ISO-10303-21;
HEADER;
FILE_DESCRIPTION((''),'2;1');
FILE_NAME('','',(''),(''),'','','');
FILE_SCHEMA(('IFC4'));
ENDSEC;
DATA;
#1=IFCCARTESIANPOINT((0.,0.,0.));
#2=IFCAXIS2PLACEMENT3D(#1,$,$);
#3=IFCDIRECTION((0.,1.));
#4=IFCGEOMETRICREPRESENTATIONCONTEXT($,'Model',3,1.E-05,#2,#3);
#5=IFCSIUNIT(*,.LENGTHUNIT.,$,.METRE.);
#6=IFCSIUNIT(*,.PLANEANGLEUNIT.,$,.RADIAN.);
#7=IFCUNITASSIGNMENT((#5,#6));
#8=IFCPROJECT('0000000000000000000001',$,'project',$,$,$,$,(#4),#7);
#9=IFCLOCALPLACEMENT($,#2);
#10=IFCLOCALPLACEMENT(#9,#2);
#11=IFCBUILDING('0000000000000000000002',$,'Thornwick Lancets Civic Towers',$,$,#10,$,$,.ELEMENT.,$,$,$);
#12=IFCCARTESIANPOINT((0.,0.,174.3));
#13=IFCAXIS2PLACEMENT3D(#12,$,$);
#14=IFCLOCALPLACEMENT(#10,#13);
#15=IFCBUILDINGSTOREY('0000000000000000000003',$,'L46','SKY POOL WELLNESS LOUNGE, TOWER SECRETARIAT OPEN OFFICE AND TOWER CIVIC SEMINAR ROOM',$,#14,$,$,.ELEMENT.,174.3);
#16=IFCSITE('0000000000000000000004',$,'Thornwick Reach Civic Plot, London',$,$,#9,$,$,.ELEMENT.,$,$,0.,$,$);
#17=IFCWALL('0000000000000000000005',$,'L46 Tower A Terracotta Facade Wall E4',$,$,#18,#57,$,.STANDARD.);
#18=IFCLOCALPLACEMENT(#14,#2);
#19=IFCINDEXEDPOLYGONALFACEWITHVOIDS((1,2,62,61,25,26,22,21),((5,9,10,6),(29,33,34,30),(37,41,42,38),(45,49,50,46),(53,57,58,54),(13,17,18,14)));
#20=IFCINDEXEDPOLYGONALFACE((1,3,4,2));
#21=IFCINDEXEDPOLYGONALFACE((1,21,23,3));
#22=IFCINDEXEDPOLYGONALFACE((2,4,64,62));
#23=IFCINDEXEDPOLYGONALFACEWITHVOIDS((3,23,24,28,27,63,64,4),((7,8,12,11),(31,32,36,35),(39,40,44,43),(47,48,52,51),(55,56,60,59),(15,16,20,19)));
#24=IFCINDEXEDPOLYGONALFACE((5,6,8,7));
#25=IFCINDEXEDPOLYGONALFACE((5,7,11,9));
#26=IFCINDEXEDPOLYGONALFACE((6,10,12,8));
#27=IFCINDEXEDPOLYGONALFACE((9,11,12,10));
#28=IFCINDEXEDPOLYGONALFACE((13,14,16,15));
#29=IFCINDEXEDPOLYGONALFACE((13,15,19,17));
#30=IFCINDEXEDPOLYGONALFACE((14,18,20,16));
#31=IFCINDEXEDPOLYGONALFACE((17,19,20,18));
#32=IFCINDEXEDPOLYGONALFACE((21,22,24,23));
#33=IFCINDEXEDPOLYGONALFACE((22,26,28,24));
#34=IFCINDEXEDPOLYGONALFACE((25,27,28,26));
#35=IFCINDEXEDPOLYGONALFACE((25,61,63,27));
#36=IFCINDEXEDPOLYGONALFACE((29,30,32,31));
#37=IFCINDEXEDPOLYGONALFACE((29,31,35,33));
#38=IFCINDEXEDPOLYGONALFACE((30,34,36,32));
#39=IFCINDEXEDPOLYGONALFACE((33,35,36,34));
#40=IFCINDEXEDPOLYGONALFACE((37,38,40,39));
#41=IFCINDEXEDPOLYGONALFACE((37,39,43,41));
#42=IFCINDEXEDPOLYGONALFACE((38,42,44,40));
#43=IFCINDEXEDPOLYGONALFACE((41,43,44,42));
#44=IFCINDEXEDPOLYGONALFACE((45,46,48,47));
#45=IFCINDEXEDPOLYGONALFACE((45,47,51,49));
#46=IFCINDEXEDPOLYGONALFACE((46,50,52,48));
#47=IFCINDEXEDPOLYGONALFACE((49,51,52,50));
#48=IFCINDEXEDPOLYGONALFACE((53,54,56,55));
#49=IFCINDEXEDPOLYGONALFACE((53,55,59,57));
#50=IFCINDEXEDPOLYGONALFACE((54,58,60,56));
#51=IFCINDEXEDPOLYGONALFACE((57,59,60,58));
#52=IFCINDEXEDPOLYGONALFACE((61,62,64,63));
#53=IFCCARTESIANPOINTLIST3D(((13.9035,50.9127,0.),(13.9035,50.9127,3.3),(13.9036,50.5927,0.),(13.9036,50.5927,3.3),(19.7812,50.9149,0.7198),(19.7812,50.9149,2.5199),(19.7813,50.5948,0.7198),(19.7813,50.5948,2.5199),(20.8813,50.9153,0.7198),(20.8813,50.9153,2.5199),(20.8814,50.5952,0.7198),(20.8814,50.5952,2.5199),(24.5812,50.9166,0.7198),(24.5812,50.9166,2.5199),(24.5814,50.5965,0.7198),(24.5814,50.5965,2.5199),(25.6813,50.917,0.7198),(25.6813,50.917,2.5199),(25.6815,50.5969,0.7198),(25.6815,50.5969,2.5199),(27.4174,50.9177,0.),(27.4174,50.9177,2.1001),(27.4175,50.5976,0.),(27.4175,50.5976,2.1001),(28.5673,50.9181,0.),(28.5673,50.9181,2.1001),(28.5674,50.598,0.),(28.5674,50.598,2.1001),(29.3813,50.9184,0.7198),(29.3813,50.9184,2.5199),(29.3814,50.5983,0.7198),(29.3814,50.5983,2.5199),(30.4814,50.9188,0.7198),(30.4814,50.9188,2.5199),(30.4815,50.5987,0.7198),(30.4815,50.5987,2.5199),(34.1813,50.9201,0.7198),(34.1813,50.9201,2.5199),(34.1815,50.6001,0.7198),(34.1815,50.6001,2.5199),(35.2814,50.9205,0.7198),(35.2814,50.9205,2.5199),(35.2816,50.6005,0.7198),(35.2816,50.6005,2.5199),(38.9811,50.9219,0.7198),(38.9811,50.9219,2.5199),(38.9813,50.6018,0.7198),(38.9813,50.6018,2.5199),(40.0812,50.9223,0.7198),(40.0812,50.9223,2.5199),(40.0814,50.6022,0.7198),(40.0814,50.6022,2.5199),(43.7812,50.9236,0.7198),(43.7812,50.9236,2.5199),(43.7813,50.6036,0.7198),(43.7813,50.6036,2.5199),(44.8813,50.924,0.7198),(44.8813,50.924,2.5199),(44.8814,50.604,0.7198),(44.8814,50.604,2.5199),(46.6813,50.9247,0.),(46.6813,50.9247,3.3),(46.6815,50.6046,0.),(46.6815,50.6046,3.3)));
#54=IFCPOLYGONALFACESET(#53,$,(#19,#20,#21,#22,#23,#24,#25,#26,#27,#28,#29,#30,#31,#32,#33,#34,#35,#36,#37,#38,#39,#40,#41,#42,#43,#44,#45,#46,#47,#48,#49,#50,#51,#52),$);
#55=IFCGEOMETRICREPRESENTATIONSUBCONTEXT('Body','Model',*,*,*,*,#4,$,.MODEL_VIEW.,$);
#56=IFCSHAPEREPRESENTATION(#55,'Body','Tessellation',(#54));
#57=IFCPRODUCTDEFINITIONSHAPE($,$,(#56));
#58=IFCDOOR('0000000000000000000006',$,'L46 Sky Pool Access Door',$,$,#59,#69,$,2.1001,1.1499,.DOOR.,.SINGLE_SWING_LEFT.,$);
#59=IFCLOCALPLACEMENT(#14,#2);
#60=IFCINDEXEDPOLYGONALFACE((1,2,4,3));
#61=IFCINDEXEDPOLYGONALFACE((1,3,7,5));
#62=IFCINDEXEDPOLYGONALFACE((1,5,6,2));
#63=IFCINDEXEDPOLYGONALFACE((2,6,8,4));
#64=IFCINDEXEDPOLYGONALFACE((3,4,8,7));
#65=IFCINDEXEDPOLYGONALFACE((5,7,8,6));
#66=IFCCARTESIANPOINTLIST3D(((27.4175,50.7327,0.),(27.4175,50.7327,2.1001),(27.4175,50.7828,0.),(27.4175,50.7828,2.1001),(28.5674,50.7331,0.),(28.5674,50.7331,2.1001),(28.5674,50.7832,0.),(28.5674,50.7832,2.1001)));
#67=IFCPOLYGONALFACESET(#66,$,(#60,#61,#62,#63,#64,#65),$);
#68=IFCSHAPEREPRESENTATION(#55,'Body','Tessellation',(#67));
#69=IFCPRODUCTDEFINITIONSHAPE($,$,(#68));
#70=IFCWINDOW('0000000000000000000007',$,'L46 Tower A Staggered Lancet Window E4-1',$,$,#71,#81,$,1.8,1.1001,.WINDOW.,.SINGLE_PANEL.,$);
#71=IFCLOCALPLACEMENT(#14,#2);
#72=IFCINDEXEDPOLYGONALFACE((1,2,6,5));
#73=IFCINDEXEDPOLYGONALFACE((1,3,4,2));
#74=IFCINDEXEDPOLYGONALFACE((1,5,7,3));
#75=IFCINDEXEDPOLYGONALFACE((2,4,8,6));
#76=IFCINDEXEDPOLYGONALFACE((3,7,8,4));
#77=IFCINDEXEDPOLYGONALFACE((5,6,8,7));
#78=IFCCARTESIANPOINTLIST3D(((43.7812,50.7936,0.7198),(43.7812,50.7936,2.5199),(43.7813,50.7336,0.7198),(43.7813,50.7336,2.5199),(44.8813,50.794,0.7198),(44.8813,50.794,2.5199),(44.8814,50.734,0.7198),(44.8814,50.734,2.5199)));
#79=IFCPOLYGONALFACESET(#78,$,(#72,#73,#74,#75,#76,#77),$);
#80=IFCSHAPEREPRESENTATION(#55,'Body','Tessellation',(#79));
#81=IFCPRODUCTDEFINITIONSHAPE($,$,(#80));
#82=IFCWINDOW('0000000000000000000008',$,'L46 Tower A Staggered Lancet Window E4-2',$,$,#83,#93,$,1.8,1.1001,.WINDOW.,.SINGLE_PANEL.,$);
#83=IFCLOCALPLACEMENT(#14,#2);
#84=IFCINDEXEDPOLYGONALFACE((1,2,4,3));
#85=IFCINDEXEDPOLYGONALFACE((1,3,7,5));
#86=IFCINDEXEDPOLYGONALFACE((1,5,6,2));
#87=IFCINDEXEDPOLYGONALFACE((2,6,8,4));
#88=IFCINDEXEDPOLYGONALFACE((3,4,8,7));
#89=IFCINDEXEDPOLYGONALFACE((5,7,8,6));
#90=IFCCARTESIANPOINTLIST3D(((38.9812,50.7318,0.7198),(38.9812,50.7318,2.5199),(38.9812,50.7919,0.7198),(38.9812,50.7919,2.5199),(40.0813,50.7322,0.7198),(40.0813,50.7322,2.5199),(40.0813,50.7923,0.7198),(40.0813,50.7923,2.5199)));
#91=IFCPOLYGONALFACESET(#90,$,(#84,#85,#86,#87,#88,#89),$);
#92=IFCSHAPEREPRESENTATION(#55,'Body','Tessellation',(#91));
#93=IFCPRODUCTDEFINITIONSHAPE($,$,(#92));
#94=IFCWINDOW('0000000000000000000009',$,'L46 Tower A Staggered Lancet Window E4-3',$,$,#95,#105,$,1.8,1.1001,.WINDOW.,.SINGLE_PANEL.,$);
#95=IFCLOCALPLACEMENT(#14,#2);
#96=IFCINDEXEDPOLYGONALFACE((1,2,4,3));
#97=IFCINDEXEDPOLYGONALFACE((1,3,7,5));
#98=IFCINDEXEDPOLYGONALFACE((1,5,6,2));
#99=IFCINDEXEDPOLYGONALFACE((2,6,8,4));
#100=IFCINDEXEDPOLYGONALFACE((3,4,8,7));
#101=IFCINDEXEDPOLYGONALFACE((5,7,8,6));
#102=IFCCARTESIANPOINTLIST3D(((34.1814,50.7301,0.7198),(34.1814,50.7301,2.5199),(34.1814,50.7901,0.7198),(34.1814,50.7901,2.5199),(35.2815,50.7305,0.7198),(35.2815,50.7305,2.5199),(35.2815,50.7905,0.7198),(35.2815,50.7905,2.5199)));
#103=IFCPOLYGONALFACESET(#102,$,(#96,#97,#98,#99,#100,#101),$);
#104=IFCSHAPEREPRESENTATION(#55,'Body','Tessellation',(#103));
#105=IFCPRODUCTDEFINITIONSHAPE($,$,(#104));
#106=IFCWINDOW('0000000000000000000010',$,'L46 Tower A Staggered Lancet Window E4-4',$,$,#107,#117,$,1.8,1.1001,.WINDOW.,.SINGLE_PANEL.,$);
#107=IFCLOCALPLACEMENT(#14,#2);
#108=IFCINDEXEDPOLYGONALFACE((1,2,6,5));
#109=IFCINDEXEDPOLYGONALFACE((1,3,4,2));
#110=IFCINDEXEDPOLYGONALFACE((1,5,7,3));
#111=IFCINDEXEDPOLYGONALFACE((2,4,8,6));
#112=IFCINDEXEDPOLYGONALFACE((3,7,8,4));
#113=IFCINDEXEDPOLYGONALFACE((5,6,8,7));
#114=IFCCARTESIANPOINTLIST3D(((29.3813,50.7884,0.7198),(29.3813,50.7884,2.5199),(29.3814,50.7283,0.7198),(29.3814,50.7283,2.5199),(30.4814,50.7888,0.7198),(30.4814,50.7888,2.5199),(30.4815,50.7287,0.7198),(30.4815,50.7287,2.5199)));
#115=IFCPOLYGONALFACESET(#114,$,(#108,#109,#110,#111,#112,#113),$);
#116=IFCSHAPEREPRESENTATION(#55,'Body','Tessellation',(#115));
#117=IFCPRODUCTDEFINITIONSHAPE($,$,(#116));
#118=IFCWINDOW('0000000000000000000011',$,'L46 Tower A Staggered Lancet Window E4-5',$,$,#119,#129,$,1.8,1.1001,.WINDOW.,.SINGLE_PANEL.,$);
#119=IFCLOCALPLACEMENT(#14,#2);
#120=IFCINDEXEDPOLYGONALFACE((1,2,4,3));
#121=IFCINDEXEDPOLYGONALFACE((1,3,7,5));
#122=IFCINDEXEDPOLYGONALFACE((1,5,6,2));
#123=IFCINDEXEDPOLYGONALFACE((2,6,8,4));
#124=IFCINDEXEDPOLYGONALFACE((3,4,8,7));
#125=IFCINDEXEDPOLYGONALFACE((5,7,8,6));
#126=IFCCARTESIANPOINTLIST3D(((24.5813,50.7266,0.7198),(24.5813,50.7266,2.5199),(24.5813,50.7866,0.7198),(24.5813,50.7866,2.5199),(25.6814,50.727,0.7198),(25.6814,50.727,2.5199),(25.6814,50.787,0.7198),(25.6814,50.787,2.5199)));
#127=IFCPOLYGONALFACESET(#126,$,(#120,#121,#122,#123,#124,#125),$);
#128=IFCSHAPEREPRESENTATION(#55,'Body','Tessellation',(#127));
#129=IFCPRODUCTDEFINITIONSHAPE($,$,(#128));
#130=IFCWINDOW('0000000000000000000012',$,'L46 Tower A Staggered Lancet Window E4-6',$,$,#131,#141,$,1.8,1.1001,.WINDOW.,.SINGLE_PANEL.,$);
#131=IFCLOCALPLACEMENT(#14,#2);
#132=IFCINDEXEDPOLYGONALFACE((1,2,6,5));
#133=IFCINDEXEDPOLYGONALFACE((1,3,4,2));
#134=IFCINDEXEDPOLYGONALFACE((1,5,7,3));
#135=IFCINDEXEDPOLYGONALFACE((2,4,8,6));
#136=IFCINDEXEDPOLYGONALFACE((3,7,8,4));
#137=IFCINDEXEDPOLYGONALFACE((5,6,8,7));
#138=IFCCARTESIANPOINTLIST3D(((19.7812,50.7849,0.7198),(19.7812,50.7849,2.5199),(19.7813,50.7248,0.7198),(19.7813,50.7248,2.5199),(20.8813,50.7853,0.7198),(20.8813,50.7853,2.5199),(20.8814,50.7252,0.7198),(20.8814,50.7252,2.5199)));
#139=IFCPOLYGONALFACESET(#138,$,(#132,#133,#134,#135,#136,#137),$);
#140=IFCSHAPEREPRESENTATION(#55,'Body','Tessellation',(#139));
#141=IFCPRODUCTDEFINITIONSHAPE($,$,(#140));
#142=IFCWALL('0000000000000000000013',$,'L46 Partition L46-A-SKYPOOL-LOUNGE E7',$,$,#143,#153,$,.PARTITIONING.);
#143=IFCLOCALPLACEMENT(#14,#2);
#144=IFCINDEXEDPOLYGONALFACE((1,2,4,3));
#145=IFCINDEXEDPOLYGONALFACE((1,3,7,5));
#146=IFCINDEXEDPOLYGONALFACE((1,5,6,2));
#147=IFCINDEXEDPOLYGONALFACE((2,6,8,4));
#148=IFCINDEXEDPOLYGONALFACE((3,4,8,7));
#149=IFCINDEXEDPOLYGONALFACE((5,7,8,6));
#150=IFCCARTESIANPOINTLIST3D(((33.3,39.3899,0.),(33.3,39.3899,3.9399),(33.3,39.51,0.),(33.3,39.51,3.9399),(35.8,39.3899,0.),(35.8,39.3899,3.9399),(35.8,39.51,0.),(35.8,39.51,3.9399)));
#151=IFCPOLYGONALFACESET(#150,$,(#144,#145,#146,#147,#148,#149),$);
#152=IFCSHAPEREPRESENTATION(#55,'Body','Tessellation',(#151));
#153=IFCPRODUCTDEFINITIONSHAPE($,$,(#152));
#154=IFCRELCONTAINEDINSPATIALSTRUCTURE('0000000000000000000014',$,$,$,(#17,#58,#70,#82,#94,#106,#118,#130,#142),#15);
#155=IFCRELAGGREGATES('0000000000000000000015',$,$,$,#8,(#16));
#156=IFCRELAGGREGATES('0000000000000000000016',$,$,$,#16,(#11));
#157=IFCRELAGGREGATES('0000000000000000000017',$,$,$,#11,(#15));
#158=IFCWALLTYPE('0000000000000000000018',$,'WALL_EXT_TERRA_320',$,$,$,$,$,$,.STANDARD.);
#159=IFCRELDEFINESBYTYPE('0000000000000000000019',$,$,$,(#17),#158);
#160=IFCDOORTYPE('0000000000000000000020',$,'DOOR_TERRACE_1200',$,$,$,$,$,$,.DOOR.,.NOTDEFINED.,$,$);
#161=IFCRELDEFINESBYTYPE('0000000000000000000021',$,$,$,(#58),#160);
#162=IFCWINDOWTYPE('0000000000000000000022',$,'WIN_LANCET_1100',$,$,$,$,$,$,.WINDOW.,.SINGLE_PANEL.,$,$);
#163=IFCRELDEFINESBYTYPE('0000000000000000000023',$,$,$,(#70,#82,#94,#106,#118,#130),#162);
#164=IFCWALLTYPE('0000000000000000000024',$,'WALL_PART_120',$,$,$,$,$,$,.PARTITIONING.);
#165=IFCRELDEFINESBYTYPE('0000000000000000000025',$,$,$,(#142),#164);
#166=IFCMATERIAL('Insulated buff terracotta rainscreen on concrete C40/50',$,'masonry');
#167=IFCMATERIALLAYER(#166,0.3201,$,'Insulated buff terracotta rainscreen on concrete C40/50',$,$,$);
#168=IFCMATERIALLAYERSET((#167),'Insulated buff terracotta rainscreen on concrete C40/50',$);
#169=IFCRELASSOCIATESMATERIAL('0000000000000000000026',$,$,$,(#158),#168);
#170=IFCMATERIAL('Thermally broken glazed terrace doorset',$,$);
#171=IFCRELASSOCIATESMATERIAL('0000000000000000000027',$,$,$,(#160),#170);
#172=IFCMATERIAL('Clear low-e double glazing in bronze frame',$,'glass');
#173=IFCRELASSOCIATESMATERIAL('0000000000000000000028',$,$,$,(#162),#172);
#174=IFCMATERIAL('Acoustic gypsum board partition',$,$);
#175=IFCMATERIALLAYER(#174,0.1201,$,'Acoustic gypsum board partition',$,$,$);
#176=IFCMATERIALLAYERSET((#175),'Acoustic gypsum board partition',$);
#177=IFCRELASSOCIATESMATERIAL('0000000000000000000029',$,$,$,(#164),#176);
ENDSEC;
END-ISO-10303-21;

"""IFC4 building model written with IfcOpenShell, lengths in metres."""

from ifc_helpers import new_model, si_unit, direction, frame, frame_2d, origin, place, context, subcontext, project, spatial, rectangle, extrude, material, layer, layer_set, type_object, element, fill, save


model = new_model("IFC4")

# Units and contexts
model_context = context("Model", 3, precision=1e-05, world=origin(), true_north=direction((0.0, 1.0)))
body_context = subcontext(model_context, "Body", "Model", "MODEL_VIEW")
ifc_project = project(units=[si_unit("LENGTHUNIT", "METRE"), si_unit("PLANEANGLEUNIT", "RADIAN")], contexts=[model_context])

# Site, building, storey
site_placement = place(None, origin())
site = spatial("IfcSite", under=ifc_project, at=site_placement, Name="Thornwick Reach Civic Plot, London", CompositionType="ELEMENT", RefElevation=0.0)
building_placement = place(site_placement, origin())
building = spatial("IfcBuilding", under=site, at=building_placement, Name="Thornwick Lancets Civic Towers", CompositionType="ELEMENT")
storey_placement = place(building_placement, frame((0.0, 0.0, 174.3)))
storey = spatial("IfcBuildingStorey", under=building, at=storey_placement, Name="L46", Description="SKY POOL WELLNESS LOUNGE, TOWER SECRETARIAT OPEN OFFICE AND TOWER CIVIC SEMINAR ROOM", CompositionType="ELEMENT", Elevation=174.3)

# Wall, openings, door, windows
ifc_material_1 = material(Name="Insulated buff terracotta rainscreen on concrete C40/50", Category="masonry")
ifc_layer_1 = layer(ifc_material_1, 0.3201, Name="Insulated buff terracotta rainscreen on concrete C40/50")
ifc_layer_set_1 = layer_set([ifc_layer_1], Name="Insulated buff terracotta rainscreen on concrete C40/50")
wall_type_1 = type_object("IfcWallType", Name="WALL_EXT_TERRA_320", PredefinedType="STANDARD", material=ifc_layer_set_1)
wall_1_placement = place(storey_placement, frame((46.6814, 50.7646, 0.0), z_axis=(0.0, 0.0, 1.0), x_axis=(-1.0, -0.000365, 0.0)))
wall_1 = element("IfcWall", 1, at=wall_1_placement, inside=storey, type_object=wall_type_1, Name="L46 Tower A Terracotta Facade Wall E4", PredefinedType="STANDARD", context=body_context, shape_type="SweptSolid", body=[
    extrude(rectangle(XDim=32.7778, YDim=0.3201, at=frame_2d((16.3889, 0.0))), origin(), (0.0, 0.0, 1.0), 3.3),
])
opening_1_placement = place(wall_1_placement, frame((18.114, 0.0, 0.0)))
opening_1 = element("IfcOpeningElement", 2, at=opening_1_placement, cuts=wall_1, PredefinedType="OPENING", context=body_context, shape_type="SweptSolid", body=[
    extrude(rectangle(XDim=1.1499, YDim=2.1001, at=frame_2d((0.575, 1.05))), frame((0.0, 0.1699, 0.0), z_axis=(0.0, -1.0, 0.0), x_axis=(1.0, 0.0, 0.0)), (0.0, 0.0, 1.0), 0.3401),
])
opening_2_placement = place(wall_1_placement, frame((1.8, 0.0, 0.72)))
opening_2 = element("IfcOpeningElement", 3, at=opening_2_placement, cuts=wall_1, PredefinedType="OPENING", context=body_context, shape_type="SweptSolid", body=[
    extrude(rectangle(XDim=1.1001, YDim=1.8, at=frame_2d((0.55, 0.8999))), frame((0.0, 0.1699, 0.0), z_axis=(0.0, -1.0, 0.0), x_axis=(1.0, 0.0, 0.0)), (0.0, 0.0, 1.0), 0.3401),
])
opening_3_placement = place(wall_1_placement, frame((6.6001, 0.0, 0.72)))
opening_3 = element("IfcOpeningElement", 4, at=opening_3_placement, cuts=wall_1, PredefinedType="OPENING", context=body_context, shape_type="SweptSolid", body=[
    extrude(rectangle(XDim=1.1001, YDim=1.8, at=frame_2d((0.55, 0.8999))), frame((0.0, 0.1699, 0.0), z_axis=(0.0, -1.0, 0.0), x_axis=(1.0, 0.0, 0.0)), (0.0, 0.0, 1.0), 0.3401),
])
opening_4_placement = place(wall_1_placement, frame((11.3999, 0.0, 0.72)))
opening_4 = element("IfcOpeningElement", 5, at=opening_4_placement, cuts=wall_1, PredefinedType="OPENING", context=body_context, shape_type="SweptSolid", body=[
    extrude(rectangle(XDim=1.1001, YDim=1.8, at=frame_2d((0.55, 0.8999))), frame((0.0, 0.1699, 0.0), z_axis=(0.0, -1.0, 0.0), x_axis=(1.0, 0.0, 0.0)), (0.0, 0.0, 1.0), 0.3401),
])
opening_5_placement = place(wall_1_placement, frame((16.2, 0.0, 0.72)))
opening_5 = element("IfcOpeningElement", 6, at=opening_5_placement, cuts=wall_1, PredefinedType="OPENING", context=body_context, shape_type="SweptSolid", body=[
    extrude(rectangle(XDim=1.1001, YDim=1.8, at=frame_2d((0.55, 0.8999))), frame((0.0, 0.1699, 0.0), z_axis=(0.0, -1.0, 0.0), x_axis=(1.0, 0.0, 0.0)), (0.0, 0.0, 1.0), 0.3401),
])
opening_6_placement = place(wall_1_placement, frame((21.0, 0.0, 0.72)))
opening_6 = element("IfcOpeningElement", 7, at=opening_6_placement, cuts=wall_1, PredefinedType="OPENING", context=body_context, shape_type="SweptSolid", body=[
    extrude(rectangle(XDim=1.1001, YDim=1.8, at=frame_2d((0.55, 0.8999))), frame((0.0, 0.1699, 0.0), z_axis=(0.0, -1.0, 0.0), x_axis=(1.0, 0.0, 0.0)), (0.0, 0.0, 1.0), 0.3401),
])
opening_7_placement = place(wall_1_placement, frame((25.8, 0.0, 0.72)))
opening_7 = element("IfcOpeningElement", 8, at=opening_7_placement, cuts=wall_1, PredefinedType="OPENING", context=body_context, shape_type="SweptSolid", body=[
    extrude(rectangle(XDim=1.1001, YDim=1.8, at=frame_2d((0.55, 0.8999))), frame((0.0, 0.1699, 0.0), z_axis=(0.0, -1.0, 0.0), x_axis=(1.0, 0.0, 0.0)), (0.0, 0.0, 1.0), 0.3401),
])
ifc_material_2 = material(Name="Thermally broken glazed terrace doorset")
door_type_1 = type_object("IfcDoorType", Name="DOOR_TERRACE_1200", OperationType="NOTDEFINED", PredefinedType="DOOR", material=ifc_material_2)
door_1_placement = place(opening_1_placement, origin())
door_1 = element("IfcDoor", 9, at=door_1_placement, inside=storey, type_object=door_type_1, Name="L46 Sky Pool Access Door", OperationType="SINGLE_SWING_LEFT", OverallHeight=2.1001, OverallWidth=1.1499, PredefinedType="DOOR", context=body_context, shape_type="SweptSolid", body=[
    extrude(rectangle(XDim=1.1499, YDim=2.1001, at=frame_2d((0.575, 1.05))), frame((0.0, 0.0249, 0.0), z_axis=(0.0, -1.0, 0.0), x_axis=(1.0, 0.0, 0.0)), (0.0, 0.0, 1.0), 0.05),
])
fill(opening_1, door_1)
ifc_material_3 = material(Name="Clear low-e double glazing in bronze frame", Category="glass")
window_type = type_object("IfcWindowType", Name="WIN_LANCET_1100", PartitioningType="SINGLE_PANEL", PredefinedType="WINDOW", material=ifc_material_3)
window_1_placement = place(opening_2_placement, origin())
window_1 = element("IfcWindow", 10, at=window_1_placement, inside=storey, type_object=window_type, Name="L46 Tower A Staggered Lancet Window E4-1", OverallHeight=1.8, OverallWidth=1.1001, PartitioningType="SINGLE_PANEL", PredefinedType="WINDOW", context=body_context, shape_type="SweptSolid", body=[
    extrude(rectangle(XDim=1.1001, YDim=1.8, at=frame_2d((0.55, 0.8999))), frame((0.0, 0.03, 0.0), z_axis=(0.0, -1.0, 0.0), x_axis=(1.0, 0.0, 0.0)), (0.0, 0.0, 1.0), 0.0601),
])
fill(opening_2, window_1)
window_2_placement = place(opening_3_placement, origin())
window_2 = element("IfcWindow", 11, at=window_2_placement, inside=storey, type_object=window_type, Name="L46 Tower A Staggered Lancet Window E4-2", OverallHeight=1.8, OverallWidth=1.1001, PartitioningType="SINGLE_PANEL", PredefinedType="WINDOW", context=body_context, shape_type="SweptSolid", body=[
    extrude(rectangle(XDim=1.1001, YDim=1.8, at=frame_2d((0.55, 0.8999))), frame((0.0, 0.03, 0.0), z_axis=(0.0, -1.0, 0.0), x_axis=(1.0, 0.0, 0.0)), (0.0, 0.0, 1.0), 0.0601),
])
fill(opening_3, window_2)
window_3_placement = place(opening_4_placement, origin())
window_3 = element("IfcWindow", 12, at=window_3_placement, inside=storey, type_object=window_type, Name="L46 Tower A Staggered Lancet Window E4-3", OverallHeight=1.8, OverallWidth=1.1001, PartitioningType="SINGLE_PANEL", PredefinedType="WINDOW", context=body_context, shape_type="SweptSolid", body=[
    extrude(rectangle(XDim=1.1001, YDim=1.8, at=frame_2d((0.55, 0.8999))), frame((0.0, 0.03, 0.0), z_axis=(0.0, -1.0, 0.0), x_axis=(1.0, 0.0, 0.0)), (0.0, 0.0, 1.0), 0.0601),
])
fill(opening_4, window_3)
window_4_placement = place(opening_5_placement, origin())
window_4 = element("IfcWindow", 13, at=window_4_placement, inside=storey, type_object=window_type, Name="L46 Tower A Staggered Lancet Window E4-4", OverallHeight=1.8, OverallWidth=1.1001, PartitioningType="SINGLE_PANEL", PredefinedType="WINDOW", context=body_context, shape_type="SweptSolid", body=[
    extrude(rectangle(XDim=1.1001, YDim=1.8, at=frame_2d((0.55, 0.8999))), frame((0.0, 0.03, 0.0), z_axis=(0.0, -1.0, 0.0), x_axis=(1.0, 0.0, 0.0)), (0.0, 0.0, 1.0), 0.0601),
])
fill(opening_5, window_4)
window_5_placement = place(opening_6_placement, origin())
window_5 = element("IfcWindow", 14, at=window_5_placement, inside=storey, type_object=window_type, Name="L46 Tower A Staggered Lancet Window E4-5", OverallHeight=1.8, OverallWidth=1.1001, PartitioningType="SINGLE_PANEL", PredefinedType="WINDOW", context=body_context, shape_type="SweptSolid", body=[
    extrude(rectangle(XDim=1.1001, YDim=1.8, at=frame_2d((0.55, 0.8999))), frame((0.0, 0.03, 0.0), z_axis=(0.0, -1.0, 0.0), x_axis=(1.0, 0.0, 0.0)), (0.0, 0.0, 1.0), 0.0601),
])
fill(opening_6, window_5)
window_6_placement = place(opening_7_placement, origin())
window_6 = element("IfcWindow", 15, at=window_6_placement, inside=storey, type_object=window_type, Name="L46 Tower A Staggered Lancet Window E4-6", OverallHeight=1.8, OverallWidth=1.1001, PartitioningType="SINGLE_PANEL", PredefinedType="WINDOW", context=body_context, shape_type="SweptSolid", body=[
    extrude(rectangle(XDim=1.1001, YDim=1.8, at=frame_2d((0.55, 0.8999))), frame((0.0, 0.03, 0.0), z_axis=(0.0, -1.0, 0.0), x_axis=(1.0, 0.0, 0.0)), (0.0, 0.0, 1.0), 0.0601),
])
fill(opening_7, window_6)

# Wall
ifc_material_4 = material(Name="Acoustic gypsum board partition")
ifc_layer_2 = layer(ifc_material_4, 0.1201, Name="Acoustic gypsum board partition")
ifc_layer_set_2 = layer_set([ifc_layer_2], Name="Acoustic gypsum board partition")
wall_type_2 = type_object("IfcWallType", Name="WALL_PART_120", PredefinedType="PARTITIONING", material=ifc_layer_set_2)
wall_2_placement = place(storey_placement, frame((35.8, 39.45, 0.0), z_axis=(0.0, 0.0, 1.0), x_axis=(-1.0, 0.0, 0.0)))
element("IfcWall", 16, at=wall_2_placement, inside=storey, type_object=wall_type_2, Name="L46 Partition L46-A-SKYPOOL-LOUNGE E7", PredefinedType="PARTITIONING", context=body_context, shape_type="SweptSolid", body=[
    extrude(rectangle(XDim=2.5, YDim=0.1201, at=frame_2d((1.25, 0.0))), origin(), (0.0, 0.0, 1.0), 3.9399),
])

save(model, "model.ifc")
